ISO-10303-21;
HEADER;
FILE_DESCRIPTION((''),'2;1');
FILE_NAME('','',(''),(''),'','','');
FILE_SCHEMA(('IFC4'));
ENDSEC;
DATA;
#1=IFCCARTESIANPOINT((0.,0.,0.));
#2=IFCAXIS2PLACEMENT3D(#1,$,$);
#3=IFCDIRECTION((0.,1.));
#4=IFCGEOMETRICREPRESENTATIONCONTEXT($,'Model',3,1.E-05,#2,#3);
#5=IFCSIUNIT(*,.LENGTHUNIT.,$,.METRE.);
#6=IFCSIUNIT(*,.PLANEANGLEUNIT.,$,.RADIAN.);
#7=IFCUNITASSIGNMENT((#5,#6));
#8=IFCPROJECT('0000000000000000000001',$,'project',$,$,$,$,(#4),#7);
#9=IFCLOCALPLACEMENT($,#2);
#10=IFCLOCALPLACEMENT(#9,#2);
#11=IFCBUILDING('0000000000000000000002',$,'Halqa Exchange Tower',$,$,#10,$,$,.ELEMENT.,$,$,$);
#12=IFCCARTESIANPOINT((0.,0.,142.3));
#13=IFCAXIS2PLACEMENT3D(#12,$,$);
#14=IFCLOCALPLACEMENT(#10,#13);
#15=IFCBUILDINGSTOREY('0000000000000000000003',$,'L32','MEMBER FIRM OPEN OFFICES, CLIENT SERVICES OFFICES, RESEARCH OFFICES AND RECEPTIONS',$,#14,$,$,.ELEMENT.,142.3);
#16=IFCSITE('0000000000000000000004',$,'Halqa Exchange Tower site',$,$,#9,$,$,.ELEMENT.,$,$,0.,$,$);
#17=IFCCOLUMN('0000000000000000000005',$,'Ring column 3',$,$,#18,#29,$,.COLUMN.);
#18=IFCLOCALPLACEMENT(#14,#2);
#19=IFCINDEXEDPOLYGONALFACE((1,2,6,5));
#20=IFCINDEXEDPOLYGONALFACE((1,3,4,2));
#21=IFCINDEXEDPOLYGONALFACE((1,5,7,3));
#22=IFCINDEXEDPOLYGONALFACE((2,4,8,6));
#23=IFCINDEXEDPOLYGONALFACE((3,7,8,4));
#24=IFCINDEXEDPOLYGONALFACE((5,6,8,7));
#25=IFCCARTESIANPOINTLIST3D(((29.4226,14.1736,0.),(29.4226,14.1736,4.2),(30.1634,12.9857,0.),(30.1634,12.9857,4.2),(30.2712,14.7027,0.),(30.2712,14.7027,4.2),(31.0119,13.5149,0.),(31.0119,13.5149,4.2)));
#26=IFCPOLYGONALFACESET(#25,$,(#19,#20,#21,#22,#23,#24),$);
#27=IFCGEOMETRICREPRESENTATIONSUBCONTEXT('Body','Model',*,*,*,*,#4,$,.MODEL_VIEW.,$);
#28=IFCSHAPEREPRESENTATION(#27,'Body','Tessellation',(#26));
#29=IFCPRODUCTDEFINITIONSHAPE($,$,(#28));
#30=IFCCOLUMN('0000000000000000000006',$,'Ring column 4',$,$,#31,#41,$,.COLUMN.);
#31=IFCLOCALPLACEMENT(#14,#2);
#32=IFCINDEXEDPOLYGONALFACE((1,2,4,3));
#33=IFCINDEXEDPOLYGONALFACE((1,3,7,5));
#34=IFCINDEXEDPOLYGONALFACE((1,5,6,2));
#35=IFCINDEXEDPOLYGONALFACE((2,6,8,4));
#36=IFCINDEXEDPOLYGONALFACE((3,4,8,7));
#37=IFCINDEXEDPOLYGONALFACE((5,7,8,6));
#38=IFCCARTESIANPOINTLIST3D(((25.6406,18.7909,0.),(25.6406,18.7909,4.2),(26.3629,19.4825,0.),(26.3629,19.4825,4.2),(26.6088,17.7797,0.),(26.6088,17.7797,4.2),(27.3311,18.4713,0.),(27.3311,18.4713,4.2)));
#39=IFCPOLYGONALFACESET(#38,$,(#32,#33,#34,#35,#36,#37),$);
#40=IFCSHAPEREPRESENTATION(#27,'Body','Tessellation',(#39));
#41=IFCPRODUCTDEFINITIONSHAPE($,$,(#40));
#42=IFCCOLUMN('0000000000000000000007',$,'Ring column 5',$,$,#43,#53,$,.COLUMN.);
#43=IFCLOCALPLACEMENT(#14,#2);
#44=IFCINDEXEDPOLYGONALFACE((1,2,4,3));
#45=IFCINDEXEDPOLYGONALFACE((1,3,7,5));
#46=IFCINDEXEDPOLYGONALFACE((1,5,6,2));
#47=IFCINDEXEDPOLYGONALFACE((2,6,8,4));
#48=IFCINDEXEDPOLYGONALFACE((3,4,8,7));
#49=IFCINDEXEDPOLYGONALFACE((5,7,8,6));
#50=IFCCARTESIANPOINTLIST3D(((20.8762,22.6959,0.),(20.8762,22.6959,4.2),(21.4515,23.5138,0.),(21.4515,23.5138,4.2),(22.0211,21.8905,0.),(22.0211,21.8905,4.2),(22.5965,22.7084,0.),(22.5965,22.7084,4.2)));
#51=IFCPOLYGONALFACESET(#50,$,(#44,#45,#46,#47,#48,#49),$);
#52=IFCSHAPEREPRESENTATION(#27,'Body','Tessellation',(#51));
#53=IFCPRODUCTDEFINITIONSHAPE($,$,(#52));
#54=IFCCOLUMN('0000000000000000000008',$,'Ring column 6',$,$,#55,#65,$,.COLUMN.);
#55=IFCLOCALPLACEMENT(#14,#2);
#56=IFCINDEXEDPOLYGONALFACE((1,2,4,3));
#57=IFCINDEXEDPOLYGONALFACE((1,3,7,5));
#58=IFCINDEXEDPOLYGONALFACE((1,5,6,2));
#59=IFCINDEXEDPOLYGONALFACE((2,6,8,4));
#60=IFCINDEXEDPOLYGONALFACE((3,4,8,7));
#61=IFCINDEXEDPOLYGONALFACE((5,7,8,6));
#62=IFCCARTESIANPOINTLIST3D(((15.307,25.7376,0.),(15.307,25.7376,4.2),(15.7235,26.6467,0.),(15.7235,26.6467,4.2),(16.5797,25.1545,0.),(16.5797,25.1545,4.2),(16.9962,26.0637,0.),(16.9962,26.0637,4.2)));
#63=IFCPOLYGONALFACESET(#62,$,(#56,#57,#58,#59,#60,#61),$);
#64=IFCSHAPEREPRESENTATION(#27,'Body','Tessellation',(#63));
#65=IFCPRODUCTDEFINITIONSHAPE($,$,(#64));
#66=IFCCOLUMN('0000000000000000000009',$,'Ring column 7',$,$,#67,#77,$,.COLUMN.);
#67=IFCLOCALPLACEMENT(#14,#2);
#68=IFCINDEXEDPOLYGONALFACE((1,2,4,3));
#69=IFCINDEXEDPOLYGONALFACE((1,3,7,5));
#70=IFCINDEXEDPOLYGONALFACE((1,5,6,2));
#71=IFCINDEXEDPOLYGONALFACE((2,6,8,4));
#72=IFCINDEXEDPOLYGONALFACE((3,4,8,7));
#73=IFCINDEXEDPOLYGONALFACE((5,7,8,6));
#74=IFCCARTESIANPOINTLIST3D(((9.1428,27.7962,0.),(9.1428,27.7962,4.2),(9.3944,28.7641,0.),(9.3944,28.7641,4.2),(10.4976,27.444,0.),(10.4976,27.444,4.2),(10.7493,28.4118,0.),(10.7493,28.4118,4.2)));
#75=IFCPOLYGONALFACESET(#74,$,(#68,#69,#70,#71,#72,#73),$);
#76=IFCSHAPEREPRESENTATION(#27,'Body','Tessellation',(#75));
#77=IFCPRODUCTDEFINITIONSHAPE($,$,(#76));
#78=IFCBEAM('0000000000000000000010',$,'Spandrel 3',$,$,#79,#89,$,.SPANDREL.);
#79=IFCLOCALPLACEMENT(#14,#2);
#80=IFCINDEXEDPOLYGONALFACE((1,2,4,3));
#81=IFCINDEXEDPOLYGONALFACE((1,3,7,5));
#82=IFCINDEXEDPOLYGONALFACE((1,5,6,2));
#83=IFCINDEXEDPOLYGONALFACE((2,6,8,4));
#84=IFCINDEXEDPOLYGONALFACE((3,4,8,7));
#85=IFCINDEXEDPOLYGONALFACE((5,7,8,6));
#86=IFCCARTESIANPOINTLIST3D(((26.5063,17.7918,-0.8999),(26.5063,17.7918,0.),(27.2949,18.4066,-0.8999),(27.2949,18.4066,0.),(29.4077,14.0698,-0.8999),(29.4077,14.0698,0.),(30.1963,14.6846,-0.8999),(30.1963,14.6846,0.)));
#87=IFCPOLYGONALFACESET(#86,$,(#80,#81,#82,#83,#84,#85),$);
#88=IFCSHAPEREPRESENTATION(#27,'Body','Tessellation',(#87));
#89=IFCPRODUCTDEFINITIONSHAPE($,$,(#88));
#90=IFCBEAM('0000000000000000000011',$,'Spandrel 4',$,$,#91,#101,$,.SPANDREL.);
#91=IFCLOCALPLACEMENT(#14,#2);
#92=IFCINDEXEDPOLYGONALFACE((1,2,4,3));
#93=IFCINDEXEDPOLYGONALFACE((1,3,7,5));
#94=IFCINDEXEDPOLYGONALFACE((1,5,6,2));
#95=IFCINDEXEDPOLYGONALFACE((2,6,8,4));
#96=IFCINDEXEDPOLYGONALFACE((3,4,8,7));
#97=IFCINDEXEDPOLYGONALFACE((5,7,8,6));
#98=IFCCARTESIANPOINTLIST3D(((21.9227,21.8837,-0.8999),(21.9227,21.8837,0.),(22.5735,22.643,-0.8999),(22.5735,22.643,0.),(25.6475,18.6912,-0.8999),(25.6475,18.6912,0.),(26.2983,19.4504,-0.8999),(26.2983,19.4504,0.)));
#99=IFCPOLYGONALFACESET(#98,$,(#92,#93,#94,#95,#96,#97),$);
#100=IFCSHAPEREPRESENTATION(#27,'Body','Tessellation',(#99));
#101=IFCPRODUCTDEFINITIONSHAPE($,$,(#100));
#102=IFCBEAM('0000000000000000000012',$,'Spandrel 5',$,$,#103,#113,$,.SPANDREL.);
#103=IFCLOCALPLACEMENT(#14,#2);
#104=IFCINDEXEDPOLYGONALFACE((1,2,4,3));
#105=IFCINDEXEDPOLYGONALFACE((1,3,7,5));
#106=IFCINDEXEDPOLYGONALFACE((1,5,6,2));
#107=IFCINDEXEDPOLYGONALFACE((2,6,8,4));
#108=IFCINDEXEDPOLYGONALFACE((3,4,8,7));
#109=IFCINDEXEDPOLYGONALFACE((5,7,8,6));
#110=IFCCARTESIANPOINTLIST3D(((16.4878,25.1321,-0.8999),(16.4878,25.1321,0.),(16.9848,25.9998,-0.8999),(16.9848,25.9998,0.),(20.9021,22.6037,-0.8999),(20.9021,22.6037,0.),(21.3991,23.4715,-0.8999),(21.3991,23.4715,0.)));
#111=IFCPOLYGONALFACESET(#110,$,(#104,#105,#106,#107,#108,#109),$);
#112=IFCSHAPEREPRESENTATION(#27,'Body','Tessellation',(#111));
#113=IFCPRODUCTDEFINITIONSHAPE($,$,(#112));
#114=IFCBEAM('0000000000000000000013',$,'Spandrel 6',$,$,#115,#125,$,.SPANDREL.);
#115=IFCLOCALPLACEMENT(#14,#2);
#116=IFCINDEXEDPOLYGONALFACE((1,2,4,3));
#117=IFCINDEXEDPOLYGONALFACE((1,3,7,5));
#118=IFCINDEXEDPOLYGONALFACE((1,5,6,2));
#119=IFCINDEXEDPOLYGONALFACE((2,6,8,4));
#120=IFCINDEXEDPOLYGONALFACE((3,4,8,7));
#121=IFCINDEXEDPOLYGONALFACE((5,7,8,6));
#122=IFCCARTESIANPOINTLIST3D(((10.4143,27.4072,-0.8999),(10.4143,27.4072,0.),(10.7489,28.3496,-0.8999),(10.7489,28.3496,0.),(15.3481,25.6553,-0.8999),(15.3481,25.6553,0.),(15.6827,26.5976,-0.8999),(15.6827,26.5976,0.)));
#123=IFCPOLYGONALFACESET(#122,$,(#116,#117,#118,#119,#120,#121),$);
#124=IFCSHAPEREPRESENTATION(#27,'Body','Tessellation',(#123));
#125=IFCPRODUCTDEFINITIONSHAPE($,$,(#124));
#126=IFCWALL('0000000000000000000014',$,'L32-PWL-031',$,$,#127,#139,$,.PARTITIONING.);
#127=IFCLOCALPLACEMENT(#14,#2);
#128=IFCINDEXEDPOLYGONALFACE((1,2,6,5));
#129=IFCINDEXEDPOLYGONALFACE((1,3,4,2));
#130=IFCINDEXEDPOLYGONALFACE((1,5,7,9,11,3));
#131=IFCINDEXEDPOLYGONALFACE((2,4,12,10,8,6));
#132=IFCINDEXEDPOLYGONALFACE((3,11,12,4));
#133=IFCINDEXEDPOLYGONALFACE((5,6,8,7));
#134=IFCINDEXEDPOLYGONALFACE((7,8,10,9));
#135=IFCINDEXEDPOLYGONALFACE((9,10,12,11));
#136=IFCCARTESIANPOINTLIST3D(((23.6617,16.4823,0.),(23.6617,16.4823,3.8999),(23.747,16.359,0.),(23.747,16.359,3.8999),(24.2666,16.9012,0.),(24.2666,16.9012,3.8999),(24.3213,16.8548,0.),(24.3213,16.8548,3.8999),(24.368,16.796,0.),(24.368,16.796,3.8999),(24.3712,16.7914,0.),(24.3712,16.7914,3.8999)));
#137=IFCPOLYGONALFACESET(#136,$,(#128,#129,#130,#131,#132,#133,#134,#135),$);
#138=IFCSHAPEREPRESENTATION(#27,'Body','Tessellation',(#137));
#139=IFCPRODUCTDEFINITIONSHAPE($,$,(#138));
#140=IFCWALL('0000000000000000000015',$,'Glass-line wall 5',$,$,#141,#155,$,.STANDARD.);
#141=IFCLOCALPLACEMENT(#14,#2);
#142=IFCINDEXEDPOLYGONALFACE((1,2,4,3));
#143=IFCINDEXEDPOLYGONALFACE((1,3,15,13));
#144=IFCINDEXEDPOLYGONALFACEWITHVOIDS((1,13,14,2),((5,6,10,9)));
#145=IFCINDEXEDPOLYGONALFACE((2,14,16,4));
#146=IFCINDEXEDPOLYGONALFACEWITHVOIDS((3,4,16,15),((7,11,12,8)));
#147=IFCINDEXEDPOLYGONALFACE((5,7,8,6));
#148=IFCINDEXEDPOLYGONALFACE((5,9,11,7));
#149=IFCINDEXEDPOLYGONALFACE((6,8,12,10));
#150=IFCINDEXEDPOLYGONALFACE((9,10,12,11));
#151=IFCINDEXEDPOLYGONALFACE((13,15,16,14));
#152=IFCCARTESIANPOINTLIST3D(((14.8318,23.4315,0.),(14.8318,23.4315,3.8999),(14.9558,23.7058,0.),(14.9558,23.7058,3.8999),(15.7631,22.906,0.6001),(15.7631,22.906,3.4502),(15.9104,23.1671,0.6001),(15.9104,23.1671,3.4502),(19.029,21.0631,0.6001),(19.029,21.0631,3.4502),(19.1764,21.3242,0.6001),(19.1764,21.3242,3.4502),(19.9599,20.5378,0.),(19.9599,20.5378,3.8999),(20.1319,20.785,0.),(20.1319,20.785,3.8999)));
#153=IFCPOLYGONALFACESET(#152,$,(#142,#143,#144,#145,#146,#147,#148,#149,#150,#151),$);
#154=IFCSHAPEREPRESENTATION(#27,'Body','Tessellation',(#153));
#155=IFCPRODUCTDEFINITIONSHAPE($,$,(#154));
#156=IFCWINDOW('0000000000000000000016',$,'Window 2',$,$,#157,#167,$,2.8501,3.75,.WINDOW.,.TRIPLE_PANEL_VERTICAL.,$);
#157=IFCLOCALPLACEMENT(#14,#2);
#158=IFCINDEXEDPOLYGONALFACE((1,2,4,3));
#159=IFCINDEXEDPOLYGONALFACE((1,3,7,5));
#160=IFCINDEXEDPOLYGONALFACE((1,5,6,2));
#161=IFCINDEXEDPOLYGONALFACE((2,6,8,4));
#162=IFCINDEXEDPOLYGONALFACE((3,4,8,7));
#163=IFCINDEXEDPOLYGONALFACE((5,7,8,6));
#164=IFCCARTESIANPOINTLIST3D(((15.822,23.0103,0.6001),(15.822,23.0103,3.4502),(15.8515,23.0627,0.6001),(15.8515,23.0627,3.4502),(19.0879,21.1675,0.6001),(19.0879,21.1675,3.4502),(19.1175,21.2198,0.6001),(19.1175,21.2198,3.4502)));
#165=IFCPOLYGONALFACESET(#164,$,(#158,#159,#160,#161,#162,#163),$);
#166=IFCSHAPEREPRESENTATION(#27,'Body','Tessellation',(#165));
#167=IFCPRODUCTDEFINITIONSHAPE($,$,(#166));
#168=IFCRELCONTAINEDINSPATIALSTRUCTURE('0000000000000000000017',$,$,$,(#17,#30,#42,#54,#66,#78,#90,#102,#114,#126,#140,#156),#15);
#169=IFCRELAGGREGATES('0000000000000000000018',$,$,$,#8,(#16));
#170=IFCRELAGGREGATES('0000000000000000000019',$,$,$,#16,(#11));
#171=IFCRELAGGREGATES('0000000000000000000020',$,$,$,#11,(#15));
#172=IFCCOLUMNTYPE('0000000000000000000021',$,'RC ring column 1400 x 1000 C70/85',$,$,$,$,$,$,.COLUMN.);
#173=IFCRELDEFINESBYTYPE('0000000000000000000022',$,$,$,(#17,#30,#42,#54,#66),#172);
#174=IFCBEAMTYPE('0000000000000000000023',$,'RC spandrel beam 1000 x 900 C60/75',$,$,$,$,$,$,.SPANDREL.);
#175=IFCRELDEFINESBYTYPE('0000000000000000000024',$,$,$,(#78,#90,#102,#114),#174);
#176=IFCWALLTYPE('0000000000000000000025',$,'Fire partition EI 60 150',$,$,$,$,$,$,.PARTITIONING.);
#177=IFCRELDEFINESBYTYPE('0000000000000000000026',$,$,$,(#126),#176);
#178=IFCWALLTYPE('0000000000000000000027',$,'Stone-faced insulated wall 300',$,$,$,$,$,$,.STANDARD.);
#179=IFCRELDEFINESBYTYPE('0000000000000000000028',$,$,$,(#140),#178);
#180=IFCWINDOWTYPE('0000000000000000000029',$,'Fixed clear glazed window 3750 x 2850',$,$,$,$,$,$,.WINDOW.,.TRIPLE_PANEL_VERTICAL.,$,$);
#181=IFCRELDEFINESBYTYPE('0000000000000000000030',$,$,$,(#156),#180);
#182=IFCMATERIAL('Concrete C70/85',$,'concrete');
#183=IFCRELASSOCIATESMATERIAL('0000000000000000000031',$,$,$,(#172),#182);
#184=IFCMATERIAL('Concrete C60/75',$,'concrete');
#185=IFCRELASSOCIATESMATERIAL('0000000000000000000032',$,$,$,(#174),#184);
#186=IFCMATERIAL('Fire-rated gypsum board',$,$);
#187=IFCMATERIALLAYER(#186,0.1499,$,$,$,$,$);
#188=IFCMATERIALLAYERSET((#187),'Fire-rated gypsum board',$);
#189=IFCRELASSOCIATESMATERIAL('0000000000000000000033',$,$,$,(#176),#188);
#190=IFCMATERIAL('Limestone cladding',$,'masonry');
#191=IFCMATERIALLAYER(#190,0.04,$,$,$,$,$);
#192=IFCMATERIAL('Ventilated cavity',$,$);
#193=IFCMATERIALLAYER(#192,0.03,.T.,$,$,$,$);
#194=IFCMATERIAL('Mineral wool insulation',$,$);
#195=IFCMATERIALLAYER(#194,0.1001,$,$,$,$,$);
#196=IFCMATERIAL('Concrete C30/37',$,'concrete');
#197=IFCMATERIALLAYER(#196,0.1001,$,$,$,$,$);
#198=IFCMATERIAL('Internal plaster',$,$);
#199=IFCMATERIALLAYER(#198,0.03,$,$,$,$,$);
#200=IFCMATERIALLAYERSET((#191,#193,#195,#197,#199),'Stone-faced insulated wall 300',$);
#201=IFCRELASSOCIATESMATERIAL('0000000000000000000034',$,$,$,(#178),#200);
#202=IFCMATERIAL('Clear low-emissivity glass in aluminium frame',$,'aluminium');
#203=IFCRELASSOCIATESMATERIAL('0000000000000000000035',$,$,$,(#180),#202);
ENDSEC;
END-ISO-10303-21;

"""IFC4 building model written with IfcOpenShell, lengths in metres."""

from ifc_helpers import new_model, si_unit, direction, frame, frame_2d, origin, origin_2d, place, context, subcontext, project, spatial, polyline, rectangle, outline, extrude, material, layer, layer_set, material_profile, profile_set, type_object, element, fill, save


model = new_model("IFC4")

# Units and contexts
model_context = context("Model", 3, precision=1e-05, world=origin(), true_north=direction((0.0, 1.0)))
body_context = subcontext(model_context, "Body", "Model", "MODEL_VIEW")
ifc_project = project(units=[si_unit("LENGTHUNIT", "METRE"), si_unit("PLANEANGLEUNIT", "RADIAN")], contexts=[model_context])

# Site, building, storey
site_placement = place(None, origin())
site = spatial("IfcSite", under=ifc_project, at=site_placement, Name="Halqa Exchange Tower site", CompositionType="ELEMENT", RefElevation=0.0)
building_placement = place(site_placement, origin())
building = spatial("IfcBuilding", under=site, at=building_placement, Name="Halqa Exchange Tower", CompositionType="ELEMENT")
storey_placement = place(building_placement, frame((0.0, 0.0, 142.3)))
storey = spatial("IfcBuildingStorey", under=building, at=storey_placement, Name="L32", Description="MEMBER FIRM OPEN OFFICES, CLIENT SERVICES OFFICES, RESEARCH OFFICES AND RECEPTIONS", CompositionType="ELEMENT", Elevation=142.3)

# Columns
ifc_material_1 = material(Name="Concrete C70/85", Category="concrete")
ifc_material_profile_1 = material_profile(ifc_material_1, rectangle(XDim=1.3999, YDim=1.0, at=origin_2d()), Name="1400 x 1000")
ifc_profile_set_1 = profile_set([ifc_material_profile_1], Name="Concrete C70/85")
column_type = type_object("IfcColumnType", Name="RC ring column 1400 x 1000 C70/85", PredefinedType="COLUMN", material=ifc_profile_set_1)
for number, where, z_axis, x_axis, name in (
    (1, (30.2173, 13.8442, 0.0), (0.0, 0.0, 1.0), (-0.529138, 0.848536, 0.0), "Ring column 3"),
    (2, (26.4858, 18.6311, 0.0), (0.0, 0.0, 1.0), (-0.691574, 0.722306, 0.0), "Ring column 4"),
    (3, (21.7363, 22.7021, 0.0), (0.0, 0.0, 1.0), (-0.817908, 0.575349, 0.0), "Ring column 5"),
    (4, (16.1516, 25.9006, 0.0), (0.0, 0.0, 1.0), (-0.909127, 0.416519, 0.0), "Ring column 6"),
    (5, (9.946, 28.104, 0.0), (0.0, 0.0, 1.0), (-0.96782, 0.251645, 0.0), "Ring column 7"),
):
    element("IfcColumn", number, at=place(storey_placement, frame(where, z_axis=z_axis, x_axis=x_axis)), inside=storey, type_object=column_type, Name=name, PredefinedType="COLUMN", context=body_context, shape_type="SweptSolid", body=[
        extrude(rectangle(XDim=1.3999, YDim=1.0, at=origin_2d()), origin(), (0.0, 0.0, 1.0), 4.2),
    ])

# Beams
ifc_material_2 = material(Name="Concrete C60/75", Category="concrete")
ifc_material_profile_2 = material_profile(ifc_material_2, rectangle(XDim=1.0, YDim=0.8999, at=origin_2d()), Name="1000 x 900")
ifc_profile_set_2 = profile_set([ifc_material_profile_2], Name="Concrete C60/75")
beam_type = type_object("IfcBeamType", Name="RC spandrel beam 1000 x 900 C60/75", PredefinedType="SPANDREL", material=ifc_profile_set_2)
beam_1_placement = place(storey_placement, frame((29.802, 14.3772, -0.45), z_axis=(-0.614803, 0.78868, 0.0), x_axis=(-0.78868, -0.614803, 0.0)))
element("IfcBeam", 6, at=beam_1_placement, inside=storey, type_object=beam_type, Name="Spandrel 3", PredefinedType="SPANDREL", context=body_context, shape_type="SweptSolid", body=[
    extrude(rectangle(XDim=1.0, YDim=0.8999, at=origin_2d()), origin(), (0.0, 0.0, 1.0), 4.7192),
])
beam_2_placement = place(storey_placement, frame((25.9729, 19.0708, -0.45), z_axis=(-0.759267, 0.650779, 0.0), x_axis=(-0.650779, -0.759267, 0.0)))
element("IfcBeam", 7, at=beam_2_placement, inside=storey, type_object=beam_type, Name="Spandrel 4", PredefinedType="SPANDREL", context=body_context, shape_type="SweptSolid", body=[
    extrude(rectangle(XDim=1.0, YDim=0.8999, at=origin_2d()), origin(), (0.0, 0.0, 1.0), 4.9058),
])
beam_3_placement = place(storey_placement, frame((21.1506, 23.0376, -0.45), z_axis=(-0.867747, 0.497007, 0.0), x_axis=(-0.497007, -0.867747, 0.0)))
element("IfcBeam", 8, at=beam_3_placement, inside=storey, type_object=beam_type, Name="Spandrel 5", PredefinedType="SPANDREL", context=body_context, shape_type="SweptSolid", body=[
    extrude(rectangle(XDim=1.0, YDim=0.8999, at=origin_2d()), origin(), (0.0, 0.0, 1.0), 5.0872),
])
beam_4_placement = place(storey_placement, frame((15.5154, 26.1265, -0.45), z_axis=(-0.942353, 0.33462, 0.0), x_axis=(-0.33462, -0.942353, 0.0)))
element("IfcBeam", 9, at=beam_4_placement, inside=storey, type_object=beam_type, Name="Spandrel 6", PredefinedType="SPANDREL", context=body_context, shape_type="SweptSolid", body=[
    extrude(rectangle(XDim=1.0, YDim=0.8999, at=origin_2d()), origin(), (0.0, 0.0, 1.0), 5.2356),
])

# Wall
ifc_material_3 = material(Name="Fire-rated gypsum board")
ifc_layer_1 = layer(ifc_material_3, 0.1499)
ifc_layer_set_1 = layer_set([ifc_layer_1], Name="Fire-rated gypsum board")
wall_type_1 = type_object("IfcWallType", Name="Fire partition EI 60 150", PredefinedType="PARTITIONING", material=ifc_layer_set_1)
wall_1_placement = place(storey_placement, frame((23.7043, 16.4207, 0.0), z_axis=(0.0, 0.0, 1.0), x_axis=(0.822076, 0.569377, 0.0)))
element("IfcWall", 10, at=wall_1_placement, inside=storey, type_object=wall_type_1, Name="L32-PWL-031", PredefinedType="PARTITIONING", context=body_context, shape_type="SweptSolid", body=[
    extrude(outline(polyline([(0.7593, -0.075), (0.7593, -0.0693), (0.7544, 0.0056), (0.7358, 0.075), (0.0, 0.075), (0.0, -0.075), (0.7593, -0.075)])), origin(), (0.0, 0.0, 1.0), 3.8999),
])

# Shared definitions
ifc_material_4 = material(Name="Limestone cladding", Category="masonry")
ifc_layer_2 = layer(ifc_material_4, 0.04)
ifc_material_5 = material(Name="Ventilated cavity")
ifc_layer_3 = layer(ifc_material_5, 0.03, ventilated=True)
ifc_material_6 = material(Name="Mineral wool insulation")
ifc_layer_4 = layer(ifc_material_6, 0.1001)
ifc_material_7 = material(Name="Concrete C30/37", Category="concrete")
ifc_layer_5 = layer(ifc_material_7, 0.1001)
ifc_material_8 = material(Name="Internal plaster")
ifc_layer_6 = layer(ifc_material_8, 0.03)
ifc_layer_set_2 = layer_set([ifc_layer_2, ifc_layer_3, ifc_layer_4, ifc_layer_5, ifc_layer_6], Name="Stone-faced insulated wall 300")
wall_type_2 = type_object("IfcWallType", Name="Stone-faced insulated wall 300", PredefinedType="STANDARD", material=ifc_layer_set_2)
ifc_material_9 = material(Name="Clear low-emissivity glass in aluminium frame", Category="aluminium")

# Wall, opening, window
wall_2_placement = place(storey_placement, frame((20.0459, 20.6614, 0.0), z_axis=(0.0, 0.0, 1.0), x_axis=(-0.870912, 0.491438, 0.0)))
wall_2 = element("IfcWall", 11, at=wall_2_placement, inside=storey, type_object=wall_type_2, Name="Glass-line wall 5", PredefinedType="STANDARD", context=body_context, shape_type="SweptSolid", body=[
    extrude(outline(polyline([(-0.0142, -0.1499), (5.9292, -0.1499), (5.9023, 0.1499), (0.0142, 0.1499), (-0.0142, -0.1499)])), origin(), (0.0, 0.0, 1.0), 3.8999),
])
opening_1_placement = place(wall_2_placement, frame((1.083, 0.0, 0.6001)))
opening_1 = element("IfcOpeningElement", 12, at=opening_1_placement, cuts=wall_2, PredefinedType="OPENING", context=body_context, shape_type="SweptSolid", body=[
    extrude(rectangle(XDim=3.75, YDim=2.8501, at=frame_2d((1.875, 1.425))), frame((0.0, 0.1621, 0.0), z_axis=(0.0, -1.0, 0.0), x_axis=(1.0, 0.0, 0.0)), (0.0, 0.0, 1.0), 0.324),
])
window_type = type_object("IfcWindowType", Name="Fixed clear glazed window 3750 x 2850", PartitioningType="TRIPLE_PANEL_VERTICAL", PredefinedType="WINDOW", material=ifc_material_9)
window_1_placement = place(opening_1_placement, origin())
window_1 = element("IfcWindow", 13, at=window_1_placement, inside=storey, type_object=window_type, Name="Window 2", OverallHeight=2.8501, OverallWidth=3.75, PartitioningType="TRIPLE_PANEL_VERTICAL", PredefinedType="WINDOW", context=body_context, shape_type="SweptSolid", body=[
    extrude(rectangle(XDim=3.75, YDim=2.8501, at=frame_2d((1.875, 1.425))), frame((0.0, 0.03, 0.0), z_axis=(0.0, -1.0, 0.0), x_axis=(1.0, 0.0, 0.0)), (0.0, 0.0, 1.0), 0.0601),
])
fill(opening_1, window_1)

save(model, "model.ifc")
